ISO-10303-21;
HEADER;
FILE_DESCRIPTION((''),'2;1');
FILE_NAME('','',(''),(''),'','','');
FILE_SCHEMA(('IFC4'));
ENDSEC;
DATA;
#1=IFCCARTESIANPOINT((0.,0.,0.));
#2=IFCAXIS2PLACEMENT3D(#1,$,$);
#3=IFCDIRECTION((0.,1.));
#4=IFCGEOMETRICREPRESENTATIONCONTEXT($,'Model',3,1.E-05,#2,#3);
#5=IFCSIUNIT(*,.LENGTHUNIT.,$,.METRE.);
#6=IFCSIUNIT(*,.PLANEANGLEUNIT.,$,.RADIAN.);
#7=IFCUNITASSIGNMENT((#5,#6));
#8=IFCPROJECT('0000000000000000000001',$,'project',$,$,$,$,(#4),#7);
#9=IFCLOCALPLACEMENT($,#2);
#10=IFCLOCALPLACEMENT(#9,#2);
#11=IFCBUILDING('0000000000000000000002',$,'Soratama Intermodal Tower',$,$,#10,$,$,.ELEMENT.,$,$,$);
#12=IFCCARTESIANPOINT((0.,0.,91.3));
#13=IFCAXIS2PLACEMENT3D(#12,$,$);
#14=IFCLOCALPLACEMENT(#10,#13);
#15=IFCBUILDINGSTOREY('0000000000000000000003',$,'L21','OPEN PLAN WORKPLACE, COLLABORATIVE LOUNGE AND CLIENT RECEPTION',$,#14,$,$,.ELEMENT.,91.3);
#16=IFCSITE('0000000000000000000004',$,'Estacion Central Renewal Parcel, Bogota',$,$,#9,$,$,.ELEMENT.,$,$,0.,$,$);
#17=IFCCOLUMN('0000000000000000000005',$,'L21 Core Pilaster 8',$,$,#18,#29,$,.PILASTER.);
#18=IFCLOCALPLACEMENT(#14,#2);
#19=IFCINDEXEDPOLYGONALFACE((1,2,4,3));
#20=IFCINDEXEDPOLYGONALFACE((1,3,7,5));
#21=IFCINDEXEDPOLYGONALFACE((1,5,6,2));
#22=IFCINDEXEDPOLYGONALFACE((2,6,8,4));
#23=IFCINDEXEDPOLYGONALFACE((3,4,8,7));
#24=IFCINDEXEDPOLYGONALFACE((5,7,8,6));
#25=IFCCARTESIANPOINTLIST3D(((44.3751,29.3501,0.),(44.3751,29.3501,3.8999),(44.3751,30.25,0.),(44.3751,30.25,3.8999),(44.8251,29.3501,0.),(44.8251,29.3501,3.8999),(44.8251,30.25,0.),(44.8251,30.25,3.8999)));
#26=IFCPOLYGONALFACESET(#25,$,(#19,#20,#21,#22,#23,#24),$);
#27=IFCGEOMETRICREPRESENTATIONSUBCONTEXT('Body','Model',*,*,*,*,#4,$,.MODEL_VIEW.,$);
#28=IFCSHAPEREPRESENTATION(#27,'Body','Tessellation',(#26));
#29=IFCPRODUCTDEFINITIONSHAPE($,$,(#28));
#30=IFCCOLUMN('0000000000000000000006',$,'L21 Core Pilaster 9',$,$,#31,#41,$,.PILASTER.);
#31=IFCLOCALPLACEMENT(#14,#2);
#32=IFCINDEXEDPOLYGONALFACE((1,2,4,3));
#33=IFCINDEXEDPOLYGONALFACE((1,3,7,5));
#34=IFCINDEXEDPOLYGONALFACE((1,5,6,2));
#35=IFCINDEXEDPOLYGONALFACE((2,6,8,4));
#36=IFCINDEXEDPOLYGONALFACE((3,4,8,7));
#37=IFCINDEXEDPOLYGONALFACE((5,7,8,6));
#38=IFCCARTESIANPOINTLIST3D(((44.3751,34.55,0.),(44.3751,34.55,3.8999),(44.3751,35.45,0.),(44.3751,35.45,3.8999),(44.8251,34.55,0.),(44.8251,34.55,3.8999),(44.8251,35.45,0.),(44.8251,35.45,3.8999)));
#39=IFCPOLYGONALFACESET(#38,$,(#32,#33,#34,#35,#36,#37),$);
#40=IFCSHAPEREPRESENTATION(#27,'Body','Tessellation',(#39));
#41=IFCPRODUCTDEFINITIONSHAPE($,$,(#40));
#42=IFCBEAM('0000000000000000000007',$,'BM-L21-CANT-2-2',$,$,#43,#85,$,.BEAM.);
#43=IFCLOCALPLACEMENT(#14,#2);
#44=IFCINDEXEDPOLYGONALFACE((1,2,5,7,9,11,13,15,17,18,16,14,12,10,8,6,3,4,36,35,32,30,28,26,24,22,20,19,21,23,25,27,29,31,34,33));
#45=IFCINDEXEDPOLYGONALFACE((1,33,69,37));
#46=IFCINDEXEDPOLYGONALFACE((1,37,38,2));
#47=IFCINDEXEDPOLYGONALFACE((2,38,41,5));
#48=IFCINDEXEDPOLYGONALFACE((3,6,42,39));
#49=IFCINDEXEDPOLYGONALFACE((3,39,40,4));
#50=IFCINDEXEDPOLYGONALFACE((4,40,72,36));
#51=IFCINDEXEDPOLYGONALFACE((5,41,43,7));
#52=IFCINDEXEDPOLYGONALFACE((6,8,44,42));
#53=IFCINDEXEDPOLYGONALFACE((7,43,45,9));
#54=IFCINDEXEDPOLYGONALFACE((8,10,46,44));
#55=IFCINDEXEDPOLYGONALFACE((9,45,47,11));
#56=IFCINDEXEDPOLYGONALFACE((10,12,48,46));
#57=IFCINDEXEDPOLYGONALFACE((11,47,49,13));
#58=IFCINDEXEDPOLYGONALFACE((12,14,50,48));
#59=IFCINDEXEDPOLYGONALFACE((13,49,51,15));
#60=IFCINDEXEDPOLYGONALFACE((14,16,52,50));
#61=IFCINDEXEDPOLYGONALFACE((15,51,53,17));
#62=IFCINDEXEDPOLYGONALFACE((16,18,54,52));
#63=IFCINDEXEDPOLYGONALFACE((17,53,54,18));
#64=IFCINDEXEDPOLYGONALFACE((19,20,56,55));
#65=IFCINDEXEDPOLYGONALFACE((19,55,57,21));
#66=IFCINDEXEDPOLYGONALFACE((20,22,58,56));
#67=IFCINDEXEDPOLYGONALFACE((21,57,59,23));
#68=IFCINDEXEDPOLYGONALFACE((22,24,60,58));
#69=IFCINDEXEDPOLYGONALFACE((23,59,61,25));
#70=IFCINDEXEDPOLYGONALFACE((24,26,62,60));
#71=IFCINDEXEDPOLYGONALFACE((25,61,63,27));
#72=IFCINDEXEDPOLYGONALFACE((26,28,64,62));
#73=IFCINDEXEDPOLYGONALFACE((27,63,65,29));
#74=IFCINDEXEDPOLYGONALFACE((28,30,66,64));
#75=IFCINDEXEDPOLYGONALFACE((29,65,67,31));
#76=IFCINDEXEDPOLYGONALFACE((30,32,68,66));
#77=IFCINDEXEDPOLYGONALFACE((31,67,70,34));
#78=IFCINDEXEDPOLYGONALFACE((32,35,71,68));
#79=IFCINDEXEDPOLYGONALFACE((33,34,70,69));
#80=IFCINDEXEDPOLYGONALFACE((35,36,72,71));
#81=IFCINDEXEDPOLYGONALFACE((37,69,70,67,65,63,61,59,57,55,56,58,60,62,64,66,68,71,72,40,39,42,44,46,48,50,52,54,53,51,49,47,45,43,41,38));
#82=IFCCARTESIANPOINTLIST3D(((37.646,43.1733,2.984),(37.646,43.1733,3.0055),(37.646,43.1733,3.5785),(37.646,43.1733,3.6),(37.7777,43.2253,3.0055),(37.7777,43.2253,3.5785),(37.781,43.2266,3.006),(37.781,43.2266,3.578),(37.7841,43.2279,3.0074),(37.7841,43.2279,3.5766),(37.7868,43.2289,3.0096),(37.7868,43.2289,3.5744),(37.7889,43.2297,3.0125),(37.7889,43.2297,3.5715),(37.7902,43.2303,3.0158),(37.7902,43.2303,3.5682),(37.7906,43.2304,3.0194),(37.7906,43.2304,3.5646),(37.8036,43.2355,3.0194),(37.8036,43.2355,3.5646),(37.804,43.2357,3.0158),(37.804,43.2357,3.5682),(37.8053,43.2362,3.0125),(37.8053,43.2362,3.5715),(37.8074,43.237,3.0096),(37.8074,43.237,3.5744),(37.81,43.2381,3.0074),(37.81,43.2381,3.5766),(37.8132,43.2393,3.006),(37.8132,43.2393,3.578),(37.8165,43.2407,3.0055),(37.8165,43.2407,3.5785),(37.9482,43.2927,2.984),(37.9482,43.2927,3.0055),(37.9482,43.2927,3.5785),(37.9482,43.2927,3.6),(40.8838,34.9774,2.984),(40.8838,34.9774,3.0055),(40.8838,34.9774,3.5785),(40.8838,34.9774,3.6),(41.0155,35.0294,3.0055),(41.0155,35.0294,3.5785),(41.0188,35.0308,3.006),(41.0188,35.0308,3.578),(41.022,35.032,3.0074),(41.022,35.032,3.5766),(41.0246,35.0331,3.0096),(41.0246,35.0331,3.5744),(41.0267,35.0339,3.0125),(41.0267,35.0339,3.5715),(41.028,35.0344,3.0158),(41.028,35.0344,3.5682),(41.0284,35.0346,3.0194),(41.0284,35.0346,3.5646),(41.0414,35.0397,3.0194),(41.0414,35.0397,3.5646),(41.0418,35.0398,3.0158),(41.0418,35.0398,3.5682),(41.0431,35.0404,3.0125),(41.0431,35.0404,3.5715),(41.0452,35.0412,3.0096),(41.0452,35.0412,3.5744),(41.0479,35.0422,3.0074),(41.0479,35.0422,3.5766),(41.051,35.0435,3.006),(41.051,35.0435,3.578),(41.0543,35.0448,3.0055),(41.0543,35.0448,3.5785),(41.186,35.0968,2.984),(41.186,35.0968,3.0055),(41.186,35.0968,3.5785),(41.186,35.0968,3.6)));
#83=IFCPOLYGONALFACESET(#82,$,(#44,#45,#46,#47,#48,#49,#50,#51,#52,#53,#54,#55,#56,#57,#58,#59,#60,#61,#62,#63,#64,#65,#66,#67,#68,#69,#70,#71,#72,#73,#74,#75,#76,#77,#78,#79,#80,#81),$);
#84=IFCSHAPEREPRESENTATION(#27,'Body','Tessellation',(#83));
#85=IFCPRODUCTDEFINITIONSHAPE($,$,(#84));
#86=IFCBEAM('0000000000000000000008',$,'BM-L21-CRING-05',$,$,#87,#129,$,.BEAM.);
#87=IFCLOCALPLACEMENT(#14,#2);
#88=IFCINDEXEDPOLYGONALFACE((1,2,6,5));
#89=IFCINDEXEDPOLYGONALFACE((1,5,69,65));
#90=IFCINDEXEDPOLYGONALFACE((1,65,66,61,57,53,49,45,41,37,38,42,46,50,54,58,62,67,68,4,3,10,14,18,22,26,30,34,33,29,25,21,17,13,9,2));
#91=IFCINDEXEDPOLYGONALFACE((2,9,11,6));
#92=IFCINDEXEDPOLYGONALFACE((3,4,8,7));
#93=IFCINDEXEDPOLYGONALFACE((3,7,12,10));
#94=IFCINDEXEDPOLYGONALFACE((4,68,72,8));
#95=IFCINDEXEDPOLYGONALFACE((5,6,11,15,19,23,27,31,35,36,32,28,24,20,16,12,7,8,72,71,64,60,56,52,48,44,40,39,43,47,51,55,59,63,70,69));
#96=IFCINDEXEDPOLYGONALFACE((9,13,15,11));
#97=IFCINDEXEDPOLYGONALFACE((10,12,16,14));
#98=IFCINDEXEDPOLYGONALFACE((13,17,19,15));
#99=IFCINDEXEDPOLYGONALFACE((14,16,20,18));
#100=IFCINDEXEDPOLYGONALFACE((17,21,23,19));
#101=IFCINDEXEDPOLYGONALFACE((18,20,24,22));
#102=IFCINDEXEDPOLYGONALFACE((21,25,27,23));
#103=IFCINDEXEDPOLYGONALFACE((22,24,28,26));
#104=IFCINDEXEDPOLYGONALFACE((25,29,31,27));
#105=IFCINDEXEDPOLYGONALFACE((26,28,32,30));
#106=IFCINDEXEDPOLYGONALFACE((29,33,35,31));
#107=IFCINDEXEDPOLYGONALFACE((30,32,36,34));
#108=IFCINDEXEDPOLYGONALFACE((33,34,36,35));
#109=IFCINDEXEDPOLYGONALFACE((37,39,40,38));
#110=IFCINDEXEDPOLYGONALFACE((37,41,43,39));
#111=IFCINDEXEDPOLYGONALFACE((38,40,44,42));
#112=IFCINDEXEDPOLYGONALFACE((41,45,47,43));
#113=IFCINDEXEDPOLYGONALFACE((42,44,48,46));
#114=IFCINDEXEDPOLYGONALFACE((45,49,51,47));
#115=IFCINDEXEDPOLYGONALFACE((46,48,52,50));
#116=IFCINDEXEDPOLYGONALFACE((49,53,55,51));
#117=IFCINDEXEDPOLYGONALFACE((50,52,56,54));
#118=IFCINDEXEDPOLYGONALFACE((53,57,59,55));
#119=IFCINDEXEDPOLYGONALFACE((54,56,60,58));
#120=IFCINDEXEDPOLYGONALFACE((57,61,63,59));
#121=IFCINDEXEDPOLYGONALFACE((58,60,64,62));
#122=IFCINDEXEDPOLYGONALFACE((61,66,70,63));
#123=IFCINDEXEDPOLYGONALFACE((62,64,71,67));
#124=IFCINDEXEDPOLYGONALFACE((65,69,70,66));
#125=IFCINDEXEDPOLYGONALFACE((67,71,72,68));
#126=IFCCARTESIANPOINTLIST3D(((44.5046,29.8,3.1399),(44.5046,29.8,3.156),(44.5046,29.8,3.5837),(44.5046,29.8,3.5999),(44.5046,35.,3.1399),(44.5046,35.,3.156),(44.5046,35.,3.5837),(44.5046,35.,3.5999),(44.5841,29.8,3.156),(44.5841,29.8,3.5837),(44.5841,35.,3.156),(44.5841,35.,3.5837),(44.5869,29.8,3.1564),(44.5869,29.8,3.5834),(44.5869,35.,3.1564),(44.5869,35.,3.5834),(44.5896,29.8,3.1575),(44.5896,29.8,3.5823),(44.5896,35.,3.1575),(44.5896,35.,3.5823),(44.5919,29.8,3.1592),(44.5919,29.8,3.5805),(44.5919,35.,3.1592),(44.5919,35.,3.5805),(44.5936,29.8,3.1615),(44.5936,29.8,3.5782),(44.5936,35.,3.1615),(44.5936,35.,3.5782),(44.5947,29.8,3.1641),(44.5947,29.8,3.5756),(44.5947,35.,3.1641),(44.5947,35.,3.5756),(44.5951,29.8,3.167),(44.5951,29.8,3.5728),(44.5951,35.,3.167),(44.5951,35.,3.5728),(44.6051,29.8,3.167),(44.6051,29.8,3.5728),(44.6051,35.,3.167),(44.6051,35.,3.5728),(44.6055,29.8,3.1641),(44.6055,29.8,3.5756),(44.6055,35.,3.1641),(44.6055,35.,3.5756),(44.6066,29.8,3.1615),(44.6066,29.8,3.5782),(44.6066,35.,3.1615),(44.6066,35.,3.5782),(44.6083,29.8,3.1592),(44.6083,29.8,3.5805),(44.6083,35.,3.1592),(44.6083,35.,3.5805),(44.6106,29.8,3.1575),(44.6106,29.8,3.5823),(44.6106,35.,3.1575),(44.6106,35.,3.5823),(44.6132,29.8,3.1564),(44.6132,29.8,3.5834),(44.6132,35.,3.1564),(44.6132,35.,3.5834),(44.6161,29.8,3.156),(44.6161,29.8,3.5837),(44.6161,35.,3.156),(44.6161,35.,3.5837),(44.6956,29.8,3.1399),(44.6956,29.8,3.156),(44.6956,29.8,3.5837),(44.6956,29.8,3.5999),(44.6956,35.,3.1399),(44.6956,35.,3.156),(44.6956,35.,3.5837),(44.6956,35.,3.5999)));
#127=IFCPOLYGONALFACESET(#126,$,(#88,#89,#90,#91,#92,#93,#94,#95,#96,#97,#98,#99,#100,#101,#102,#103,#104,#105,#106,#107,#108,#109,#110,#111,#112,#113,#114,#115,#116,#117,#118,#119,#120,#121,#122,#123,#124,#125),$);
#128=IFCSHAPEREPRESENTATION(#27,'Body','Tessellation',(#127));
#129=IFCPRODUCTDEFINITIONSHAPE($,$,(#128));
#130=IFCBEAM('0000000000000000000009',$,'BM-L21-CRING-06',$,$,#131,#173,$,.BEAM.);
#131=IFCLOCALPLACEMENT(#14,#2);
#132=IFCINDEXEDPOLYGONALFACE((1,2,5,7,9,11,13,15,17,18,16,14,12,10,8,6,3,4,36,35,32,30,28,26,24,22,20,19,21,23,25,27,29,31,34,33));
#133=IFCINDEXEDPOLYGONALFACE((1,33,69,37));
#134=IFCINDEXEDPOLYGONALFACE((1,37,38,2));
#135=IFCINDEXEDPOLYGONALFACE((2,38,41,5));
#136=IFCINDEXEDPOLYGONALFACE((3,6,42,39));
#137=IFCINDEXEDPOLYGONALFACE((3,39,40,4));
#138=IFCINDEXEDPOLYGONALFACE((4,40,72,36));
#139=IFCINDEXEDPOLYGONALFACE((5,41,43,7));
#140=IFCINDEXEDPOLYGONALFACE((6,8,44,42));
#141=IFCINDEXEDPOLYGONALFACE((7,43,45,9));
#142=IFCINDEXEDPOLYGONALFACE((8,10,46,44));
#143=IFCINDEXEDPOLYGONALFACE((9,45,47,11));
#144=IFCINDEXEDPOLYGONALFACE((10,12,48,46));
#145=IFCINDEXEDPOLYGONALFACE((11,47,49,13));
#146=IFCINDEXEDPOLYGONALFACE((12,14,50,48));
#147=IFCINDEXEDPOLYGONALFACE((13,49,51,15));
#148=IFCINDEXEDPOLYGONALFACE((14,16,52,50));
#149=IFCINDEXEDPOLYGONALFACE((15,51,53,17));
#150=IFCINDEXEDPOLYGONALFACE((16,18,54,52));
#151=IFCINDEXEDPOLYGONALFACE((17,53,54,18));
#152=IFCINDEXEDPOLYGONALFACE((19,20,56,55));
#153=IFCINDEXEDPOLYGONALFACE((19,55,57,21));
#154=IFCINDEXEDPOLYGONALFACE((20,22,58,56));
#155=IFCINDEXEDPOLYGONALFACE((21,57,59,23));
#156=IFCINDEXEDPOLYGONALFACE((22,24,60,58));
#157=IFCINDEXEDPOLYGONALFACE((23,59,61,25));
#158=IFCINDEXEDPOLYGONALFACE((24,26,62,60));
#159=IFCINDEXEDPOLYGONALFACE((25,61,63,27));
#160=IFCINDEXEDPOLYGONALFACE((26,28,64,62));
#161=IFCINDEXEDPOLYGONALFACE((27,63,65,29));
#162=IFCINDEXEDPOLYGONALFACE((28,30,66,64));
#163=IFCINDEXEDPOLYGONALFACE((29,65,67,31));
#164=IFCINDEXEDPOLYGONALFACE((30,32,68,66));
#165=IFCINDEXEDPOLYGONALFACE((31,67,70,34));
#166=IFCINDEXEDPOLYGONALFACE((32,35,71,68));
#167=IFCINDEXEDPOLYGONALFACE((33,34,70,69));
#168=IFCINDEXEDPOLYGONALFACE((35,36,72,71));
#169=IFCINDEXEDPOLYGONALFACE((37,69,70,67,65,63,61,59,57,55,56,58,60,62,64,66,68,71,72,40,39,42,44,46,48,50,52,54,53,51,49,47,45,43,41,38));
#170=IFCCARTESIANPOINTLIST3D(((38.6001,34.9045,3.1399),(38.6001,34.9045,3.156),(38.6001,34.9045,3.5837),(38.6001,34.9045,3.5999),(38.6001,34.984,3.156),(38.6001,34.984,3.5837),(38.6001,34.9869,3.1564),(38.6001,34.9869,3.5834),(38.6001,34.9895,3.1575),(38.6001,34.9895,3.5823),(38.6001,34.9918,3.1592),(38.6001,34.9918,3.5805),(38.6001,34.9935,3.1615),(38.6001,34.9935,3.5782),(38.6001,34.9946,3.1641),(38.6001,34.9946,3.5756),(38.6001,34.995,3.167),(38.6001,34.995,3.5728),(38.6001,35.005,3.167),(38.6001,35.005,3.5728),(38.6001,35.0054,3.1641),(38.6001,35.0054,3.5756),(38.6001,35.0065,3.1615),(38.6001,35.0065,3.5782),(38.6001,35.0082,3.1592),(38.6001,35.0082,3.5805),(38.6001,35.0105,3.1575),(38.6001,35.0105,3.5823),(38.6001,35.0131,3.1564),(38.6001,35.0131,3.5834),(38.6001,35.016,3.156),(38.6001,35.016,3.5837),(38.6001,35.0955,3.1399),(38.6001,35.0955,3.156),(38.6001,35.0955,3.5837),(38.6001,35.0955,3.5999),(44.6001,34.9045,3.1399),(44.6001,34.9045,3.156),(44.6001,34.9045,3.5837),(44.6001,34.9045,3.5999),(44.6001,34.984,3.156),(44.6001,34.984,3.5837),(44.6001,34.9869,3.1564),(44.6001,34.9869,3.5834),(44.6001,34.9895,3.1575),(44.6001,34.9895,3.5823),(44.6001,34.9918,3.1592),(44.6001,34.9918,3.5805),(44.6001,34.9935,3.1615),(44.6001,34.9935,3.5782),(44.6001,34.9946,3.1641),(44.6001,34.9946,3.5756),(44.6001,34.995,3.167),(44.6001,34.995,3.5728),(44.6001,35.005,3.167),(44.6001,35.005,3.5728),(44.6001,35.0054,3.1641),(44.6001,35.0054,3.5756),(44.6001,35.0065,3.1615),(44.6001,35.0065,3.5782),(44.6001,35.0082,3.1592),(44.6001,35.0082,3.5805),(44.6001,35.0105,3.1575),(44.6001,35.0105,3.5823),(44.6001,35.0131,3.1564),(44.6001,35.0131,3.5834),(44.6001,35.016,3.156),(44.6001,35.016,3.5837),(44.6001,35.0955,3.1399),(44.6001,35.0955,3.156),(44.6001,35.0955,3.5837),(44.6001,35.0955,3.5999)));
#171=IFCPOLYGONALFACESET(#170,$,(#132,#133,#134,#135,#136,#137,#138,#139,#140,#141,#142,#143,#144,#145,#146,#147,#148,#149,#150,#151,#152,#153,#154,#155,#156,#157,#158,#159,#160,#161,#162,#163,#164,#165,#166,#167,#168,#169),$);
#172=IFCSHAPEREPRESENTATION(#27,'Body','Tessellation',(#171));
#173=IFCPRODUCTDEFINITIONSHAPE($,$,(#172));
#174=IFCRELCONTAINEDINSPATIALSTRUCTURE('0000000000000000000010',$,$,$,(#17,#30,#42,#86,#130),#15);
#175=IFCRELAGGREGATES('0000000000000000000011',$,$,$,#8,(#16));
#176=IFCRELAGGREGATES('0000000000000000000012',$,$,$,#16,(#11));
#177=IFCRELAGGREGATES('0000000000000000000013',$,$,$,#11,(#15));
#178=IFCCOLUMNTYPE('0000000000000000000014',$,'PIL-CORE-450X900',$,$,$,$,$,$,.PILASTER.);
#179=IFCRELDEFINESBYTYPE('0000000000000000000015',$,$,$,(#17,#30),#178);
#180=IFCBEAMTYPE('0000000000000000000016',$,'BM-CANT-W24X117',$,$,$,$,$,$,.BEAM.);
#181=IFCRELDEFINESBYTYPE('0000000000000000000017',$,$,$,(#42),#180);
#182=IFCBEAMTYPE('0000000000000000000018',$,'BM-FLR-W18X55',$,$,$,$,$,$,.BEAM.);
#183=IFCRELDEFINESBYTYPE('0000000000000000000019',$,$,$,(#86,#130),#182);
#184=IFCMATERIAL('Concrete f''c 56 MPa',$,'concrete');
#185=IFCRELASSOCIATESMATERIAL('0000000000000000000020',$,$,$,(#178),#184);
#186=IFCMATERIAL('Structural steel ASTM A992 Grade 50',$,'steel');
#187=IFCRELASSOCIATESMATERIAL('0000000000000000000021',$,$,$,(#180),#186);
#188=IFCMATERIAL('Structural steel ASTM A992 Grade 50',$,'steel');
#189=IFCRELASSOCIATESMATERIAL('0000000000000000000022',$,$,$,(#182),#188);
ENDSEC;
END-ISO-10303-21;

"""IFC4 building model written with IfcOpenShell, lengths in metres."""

from ifc_helpers import new_model, si_unit, direction, frame, origin, origin_2d, place, context, subcontext, project, spatial, rectangle, i_section, extrude, material, material_profile, profile_set, type_object, element, save


model = new_model("IFC4")

# Units and contexts
model_context = context("Model", 3, precision=1e-05, world=origin(), true_north=direction((0.0, 1.0)))
body_context = subcontext(model_context, "Body", "Model", "MODEL_VIEW")
ifc_project = project(units=[si_unit("LENGTHUNIT", "METRE"), si_unit("PLANEANGLEUNIT", "RADIAN")], contexts=[model_context])

# Site, building, storey
site_placement = place(None, origin())
site = spatial("IfcSite", under=ifc_project, at=site_placement, Name="Estacion Central Renewal Parcel, Bogota", CompositionType="ELEMENT", RefElevation=0.0)
building_placement = place(site_placement, origin())
building = spatial("IfcBuilding", under=site, at=building_placement, Name="Soratama Intermodal Tower", CompositionType="ELEMENT")
storey_placement = place(building_placement, frame((0.0, 0.0, 91.3)))
storey = spatial("IfcBuildingStorey", under=building, at=storey_placement, Name="L21", Description="OPEN PLAN WORKPLACE, COLLABORATIVE LOUNGE AND CLIENT RECEPTION", CompositionType="ELEMENT", Elevation=91.3)

# Columns
ifc_material_1 = material(Name="Concrete f'c 56 MPa", Category="concrete")
ifc_material_profile_1 = material_profile(ifc_material_1, rectangle(XDim=0.45, YDim=0.8999, at=origin_2d()), Name="RC450X900")
ifc_profile_set_1 = profile_set([ifc_material_profile_1], Name="Concrete f'c 56 MPa")
column_type = type_object("IfcColumnType", Name="PIL-CORE-450X900", PredefinedType="PILASTER", material=ifc_profile_set_1)
for number, where, z_axis, x_axis, name in (
    (1, (44.6001, 29.8, 0.0), (0.0, 0.0, 1.0), (1.0, 0.0, 0.0), "L21 Core Pilaster 8"),
    (2, (44.6001, 35.0, 0.0), (0.0, 0.0, 1.0), (1.0, 0.0, 0.0), "L21 Core Pilaster 9"),
):
    element("IfcColumn", number, at=place(storey_placement, frame(where, z_axis=z_axis, x_axis=x_axis)), inside=storey, type_object=column_type, Name=name, PredefinedType="PILASTER", context=body_context, shape_type="SweptSolid", body=[
        extrude(rectangle(XDim=0.45, YDim=0.8999, at=origin_2d()), origin(), (0.0, 0.0, 1.0), 3.8999),
    ])

# Beams
ifc_material_2 = material(Name="Structural steel ASTM A992 Grade 50", Category="steel")
ifc_material_profile_2 = material_profile(ifc_material_2, i_section(OverallWidth=0.325, OverallDepth=0.616, WebThickness=0.0139, FlangeThickness=0.0215, FilletRadius=0.0139, at=origin_2d()), Name="W24X117")
ifc_profile_set_2 = profile_set([ifc_material_profile_2], Name="Structural steel ASTM A992 Grade 50")
beam_type_1 = type_object("IfcBeamType", Name="BM-CANT-W24X117", PredefinedType="BEAM", material=ifc_profile_set_2)
beam_1_placement = place(storey_placement, frame((41.0349, 35.0371, 3.292), z_axis=(-0.367423, 0.930054, 0.0), x_axis=(-0.930054, -0.367423, 0.0)))
element("IfcBeam", 3, at=beam_1_placement, inside=storey, type_object=beam_type_1, Name="BM-L21-CANT-2-2", PredefinedType="BEAM", context=body_context, shape_type="SweptSolid", body=[
    extrude(i_section(OverallWidth=0.325, OverallDepth=0.616, WebThickness=0.0139, FlangeThickness=0.0215, FilletRadius=0.0139, at=origin_2d()), origin(), (0.0, 0.0, 1.0), 8.8123),
])
ifc_material_3 = material(Name="Structural steel ASTM A992 Grade 50", Category="steel")
ifc_material_profile_3 = material_profile(ifc_material_3, i_section(OverallWidth=0.1909, OverallDepth=0.46, WebThickness=0.01, FlangeThickness=0.0161, FilletRadius=0.011, at=origin_2d()), Name="W18X55")
ifc_profile_set_3 = profile_set([ifc_material_profile_3], Name="Structural steel ASTM A992 Grade 50")
beam_type_2 = type_object("IfcBeamType", Name="BM-FLR-W18X55", PredefinedType="BEAM", material=ifc_profile_set_3)
beam_2_placement = place(storey_placement, frame((44.6001, 29.8, 3.3699), z_axis=(0.0, 1.0, 0.0), x_axis=(-1.0, 0.0, 0.0)))
element("IfcBeam", 4, at=beam_2_placement, inside=storey, type_object=beam_type_2, Name="BM-L21-CRING-05", PredefinedType="BEAM", context=body_context, shape_type="SweptSolid", body=[
    extrude(i_section(OverallWidth=0.1909, OverallDepth=0.46, WebThickness=0.01, FlangeThickness=0.0161, FilletRadius=0.011, at=origin_2d()), origin(), (0.0, 0.0, 1.0), 5.2),
])
beam_3_placement = place(storey_placement, frame((44.6001, 35.0, 3.3699), z_axis=(-1.0, 0.0, 0.0), x_axis=(0.0, -1.0, 0.0)))
element("IfcBeam", 5, at=beam_3_placement, inside=storey, type_object=beam_type_2, Name="BM-L21-CRING-06", PredefinedType="BEAM", context=body_context, shape_type="SweptSolid", body=[
    extrude(i_section(OverallWidth=0.1909, OverallDepth=0.46, WebThickness=0.01, FlangeThickness=0.0161, FilletRadius=0.011, at=origin_2d()), origin(), (0.0, 0.0, 1.0), 6.0),
])

save(model, "model.ifc")
